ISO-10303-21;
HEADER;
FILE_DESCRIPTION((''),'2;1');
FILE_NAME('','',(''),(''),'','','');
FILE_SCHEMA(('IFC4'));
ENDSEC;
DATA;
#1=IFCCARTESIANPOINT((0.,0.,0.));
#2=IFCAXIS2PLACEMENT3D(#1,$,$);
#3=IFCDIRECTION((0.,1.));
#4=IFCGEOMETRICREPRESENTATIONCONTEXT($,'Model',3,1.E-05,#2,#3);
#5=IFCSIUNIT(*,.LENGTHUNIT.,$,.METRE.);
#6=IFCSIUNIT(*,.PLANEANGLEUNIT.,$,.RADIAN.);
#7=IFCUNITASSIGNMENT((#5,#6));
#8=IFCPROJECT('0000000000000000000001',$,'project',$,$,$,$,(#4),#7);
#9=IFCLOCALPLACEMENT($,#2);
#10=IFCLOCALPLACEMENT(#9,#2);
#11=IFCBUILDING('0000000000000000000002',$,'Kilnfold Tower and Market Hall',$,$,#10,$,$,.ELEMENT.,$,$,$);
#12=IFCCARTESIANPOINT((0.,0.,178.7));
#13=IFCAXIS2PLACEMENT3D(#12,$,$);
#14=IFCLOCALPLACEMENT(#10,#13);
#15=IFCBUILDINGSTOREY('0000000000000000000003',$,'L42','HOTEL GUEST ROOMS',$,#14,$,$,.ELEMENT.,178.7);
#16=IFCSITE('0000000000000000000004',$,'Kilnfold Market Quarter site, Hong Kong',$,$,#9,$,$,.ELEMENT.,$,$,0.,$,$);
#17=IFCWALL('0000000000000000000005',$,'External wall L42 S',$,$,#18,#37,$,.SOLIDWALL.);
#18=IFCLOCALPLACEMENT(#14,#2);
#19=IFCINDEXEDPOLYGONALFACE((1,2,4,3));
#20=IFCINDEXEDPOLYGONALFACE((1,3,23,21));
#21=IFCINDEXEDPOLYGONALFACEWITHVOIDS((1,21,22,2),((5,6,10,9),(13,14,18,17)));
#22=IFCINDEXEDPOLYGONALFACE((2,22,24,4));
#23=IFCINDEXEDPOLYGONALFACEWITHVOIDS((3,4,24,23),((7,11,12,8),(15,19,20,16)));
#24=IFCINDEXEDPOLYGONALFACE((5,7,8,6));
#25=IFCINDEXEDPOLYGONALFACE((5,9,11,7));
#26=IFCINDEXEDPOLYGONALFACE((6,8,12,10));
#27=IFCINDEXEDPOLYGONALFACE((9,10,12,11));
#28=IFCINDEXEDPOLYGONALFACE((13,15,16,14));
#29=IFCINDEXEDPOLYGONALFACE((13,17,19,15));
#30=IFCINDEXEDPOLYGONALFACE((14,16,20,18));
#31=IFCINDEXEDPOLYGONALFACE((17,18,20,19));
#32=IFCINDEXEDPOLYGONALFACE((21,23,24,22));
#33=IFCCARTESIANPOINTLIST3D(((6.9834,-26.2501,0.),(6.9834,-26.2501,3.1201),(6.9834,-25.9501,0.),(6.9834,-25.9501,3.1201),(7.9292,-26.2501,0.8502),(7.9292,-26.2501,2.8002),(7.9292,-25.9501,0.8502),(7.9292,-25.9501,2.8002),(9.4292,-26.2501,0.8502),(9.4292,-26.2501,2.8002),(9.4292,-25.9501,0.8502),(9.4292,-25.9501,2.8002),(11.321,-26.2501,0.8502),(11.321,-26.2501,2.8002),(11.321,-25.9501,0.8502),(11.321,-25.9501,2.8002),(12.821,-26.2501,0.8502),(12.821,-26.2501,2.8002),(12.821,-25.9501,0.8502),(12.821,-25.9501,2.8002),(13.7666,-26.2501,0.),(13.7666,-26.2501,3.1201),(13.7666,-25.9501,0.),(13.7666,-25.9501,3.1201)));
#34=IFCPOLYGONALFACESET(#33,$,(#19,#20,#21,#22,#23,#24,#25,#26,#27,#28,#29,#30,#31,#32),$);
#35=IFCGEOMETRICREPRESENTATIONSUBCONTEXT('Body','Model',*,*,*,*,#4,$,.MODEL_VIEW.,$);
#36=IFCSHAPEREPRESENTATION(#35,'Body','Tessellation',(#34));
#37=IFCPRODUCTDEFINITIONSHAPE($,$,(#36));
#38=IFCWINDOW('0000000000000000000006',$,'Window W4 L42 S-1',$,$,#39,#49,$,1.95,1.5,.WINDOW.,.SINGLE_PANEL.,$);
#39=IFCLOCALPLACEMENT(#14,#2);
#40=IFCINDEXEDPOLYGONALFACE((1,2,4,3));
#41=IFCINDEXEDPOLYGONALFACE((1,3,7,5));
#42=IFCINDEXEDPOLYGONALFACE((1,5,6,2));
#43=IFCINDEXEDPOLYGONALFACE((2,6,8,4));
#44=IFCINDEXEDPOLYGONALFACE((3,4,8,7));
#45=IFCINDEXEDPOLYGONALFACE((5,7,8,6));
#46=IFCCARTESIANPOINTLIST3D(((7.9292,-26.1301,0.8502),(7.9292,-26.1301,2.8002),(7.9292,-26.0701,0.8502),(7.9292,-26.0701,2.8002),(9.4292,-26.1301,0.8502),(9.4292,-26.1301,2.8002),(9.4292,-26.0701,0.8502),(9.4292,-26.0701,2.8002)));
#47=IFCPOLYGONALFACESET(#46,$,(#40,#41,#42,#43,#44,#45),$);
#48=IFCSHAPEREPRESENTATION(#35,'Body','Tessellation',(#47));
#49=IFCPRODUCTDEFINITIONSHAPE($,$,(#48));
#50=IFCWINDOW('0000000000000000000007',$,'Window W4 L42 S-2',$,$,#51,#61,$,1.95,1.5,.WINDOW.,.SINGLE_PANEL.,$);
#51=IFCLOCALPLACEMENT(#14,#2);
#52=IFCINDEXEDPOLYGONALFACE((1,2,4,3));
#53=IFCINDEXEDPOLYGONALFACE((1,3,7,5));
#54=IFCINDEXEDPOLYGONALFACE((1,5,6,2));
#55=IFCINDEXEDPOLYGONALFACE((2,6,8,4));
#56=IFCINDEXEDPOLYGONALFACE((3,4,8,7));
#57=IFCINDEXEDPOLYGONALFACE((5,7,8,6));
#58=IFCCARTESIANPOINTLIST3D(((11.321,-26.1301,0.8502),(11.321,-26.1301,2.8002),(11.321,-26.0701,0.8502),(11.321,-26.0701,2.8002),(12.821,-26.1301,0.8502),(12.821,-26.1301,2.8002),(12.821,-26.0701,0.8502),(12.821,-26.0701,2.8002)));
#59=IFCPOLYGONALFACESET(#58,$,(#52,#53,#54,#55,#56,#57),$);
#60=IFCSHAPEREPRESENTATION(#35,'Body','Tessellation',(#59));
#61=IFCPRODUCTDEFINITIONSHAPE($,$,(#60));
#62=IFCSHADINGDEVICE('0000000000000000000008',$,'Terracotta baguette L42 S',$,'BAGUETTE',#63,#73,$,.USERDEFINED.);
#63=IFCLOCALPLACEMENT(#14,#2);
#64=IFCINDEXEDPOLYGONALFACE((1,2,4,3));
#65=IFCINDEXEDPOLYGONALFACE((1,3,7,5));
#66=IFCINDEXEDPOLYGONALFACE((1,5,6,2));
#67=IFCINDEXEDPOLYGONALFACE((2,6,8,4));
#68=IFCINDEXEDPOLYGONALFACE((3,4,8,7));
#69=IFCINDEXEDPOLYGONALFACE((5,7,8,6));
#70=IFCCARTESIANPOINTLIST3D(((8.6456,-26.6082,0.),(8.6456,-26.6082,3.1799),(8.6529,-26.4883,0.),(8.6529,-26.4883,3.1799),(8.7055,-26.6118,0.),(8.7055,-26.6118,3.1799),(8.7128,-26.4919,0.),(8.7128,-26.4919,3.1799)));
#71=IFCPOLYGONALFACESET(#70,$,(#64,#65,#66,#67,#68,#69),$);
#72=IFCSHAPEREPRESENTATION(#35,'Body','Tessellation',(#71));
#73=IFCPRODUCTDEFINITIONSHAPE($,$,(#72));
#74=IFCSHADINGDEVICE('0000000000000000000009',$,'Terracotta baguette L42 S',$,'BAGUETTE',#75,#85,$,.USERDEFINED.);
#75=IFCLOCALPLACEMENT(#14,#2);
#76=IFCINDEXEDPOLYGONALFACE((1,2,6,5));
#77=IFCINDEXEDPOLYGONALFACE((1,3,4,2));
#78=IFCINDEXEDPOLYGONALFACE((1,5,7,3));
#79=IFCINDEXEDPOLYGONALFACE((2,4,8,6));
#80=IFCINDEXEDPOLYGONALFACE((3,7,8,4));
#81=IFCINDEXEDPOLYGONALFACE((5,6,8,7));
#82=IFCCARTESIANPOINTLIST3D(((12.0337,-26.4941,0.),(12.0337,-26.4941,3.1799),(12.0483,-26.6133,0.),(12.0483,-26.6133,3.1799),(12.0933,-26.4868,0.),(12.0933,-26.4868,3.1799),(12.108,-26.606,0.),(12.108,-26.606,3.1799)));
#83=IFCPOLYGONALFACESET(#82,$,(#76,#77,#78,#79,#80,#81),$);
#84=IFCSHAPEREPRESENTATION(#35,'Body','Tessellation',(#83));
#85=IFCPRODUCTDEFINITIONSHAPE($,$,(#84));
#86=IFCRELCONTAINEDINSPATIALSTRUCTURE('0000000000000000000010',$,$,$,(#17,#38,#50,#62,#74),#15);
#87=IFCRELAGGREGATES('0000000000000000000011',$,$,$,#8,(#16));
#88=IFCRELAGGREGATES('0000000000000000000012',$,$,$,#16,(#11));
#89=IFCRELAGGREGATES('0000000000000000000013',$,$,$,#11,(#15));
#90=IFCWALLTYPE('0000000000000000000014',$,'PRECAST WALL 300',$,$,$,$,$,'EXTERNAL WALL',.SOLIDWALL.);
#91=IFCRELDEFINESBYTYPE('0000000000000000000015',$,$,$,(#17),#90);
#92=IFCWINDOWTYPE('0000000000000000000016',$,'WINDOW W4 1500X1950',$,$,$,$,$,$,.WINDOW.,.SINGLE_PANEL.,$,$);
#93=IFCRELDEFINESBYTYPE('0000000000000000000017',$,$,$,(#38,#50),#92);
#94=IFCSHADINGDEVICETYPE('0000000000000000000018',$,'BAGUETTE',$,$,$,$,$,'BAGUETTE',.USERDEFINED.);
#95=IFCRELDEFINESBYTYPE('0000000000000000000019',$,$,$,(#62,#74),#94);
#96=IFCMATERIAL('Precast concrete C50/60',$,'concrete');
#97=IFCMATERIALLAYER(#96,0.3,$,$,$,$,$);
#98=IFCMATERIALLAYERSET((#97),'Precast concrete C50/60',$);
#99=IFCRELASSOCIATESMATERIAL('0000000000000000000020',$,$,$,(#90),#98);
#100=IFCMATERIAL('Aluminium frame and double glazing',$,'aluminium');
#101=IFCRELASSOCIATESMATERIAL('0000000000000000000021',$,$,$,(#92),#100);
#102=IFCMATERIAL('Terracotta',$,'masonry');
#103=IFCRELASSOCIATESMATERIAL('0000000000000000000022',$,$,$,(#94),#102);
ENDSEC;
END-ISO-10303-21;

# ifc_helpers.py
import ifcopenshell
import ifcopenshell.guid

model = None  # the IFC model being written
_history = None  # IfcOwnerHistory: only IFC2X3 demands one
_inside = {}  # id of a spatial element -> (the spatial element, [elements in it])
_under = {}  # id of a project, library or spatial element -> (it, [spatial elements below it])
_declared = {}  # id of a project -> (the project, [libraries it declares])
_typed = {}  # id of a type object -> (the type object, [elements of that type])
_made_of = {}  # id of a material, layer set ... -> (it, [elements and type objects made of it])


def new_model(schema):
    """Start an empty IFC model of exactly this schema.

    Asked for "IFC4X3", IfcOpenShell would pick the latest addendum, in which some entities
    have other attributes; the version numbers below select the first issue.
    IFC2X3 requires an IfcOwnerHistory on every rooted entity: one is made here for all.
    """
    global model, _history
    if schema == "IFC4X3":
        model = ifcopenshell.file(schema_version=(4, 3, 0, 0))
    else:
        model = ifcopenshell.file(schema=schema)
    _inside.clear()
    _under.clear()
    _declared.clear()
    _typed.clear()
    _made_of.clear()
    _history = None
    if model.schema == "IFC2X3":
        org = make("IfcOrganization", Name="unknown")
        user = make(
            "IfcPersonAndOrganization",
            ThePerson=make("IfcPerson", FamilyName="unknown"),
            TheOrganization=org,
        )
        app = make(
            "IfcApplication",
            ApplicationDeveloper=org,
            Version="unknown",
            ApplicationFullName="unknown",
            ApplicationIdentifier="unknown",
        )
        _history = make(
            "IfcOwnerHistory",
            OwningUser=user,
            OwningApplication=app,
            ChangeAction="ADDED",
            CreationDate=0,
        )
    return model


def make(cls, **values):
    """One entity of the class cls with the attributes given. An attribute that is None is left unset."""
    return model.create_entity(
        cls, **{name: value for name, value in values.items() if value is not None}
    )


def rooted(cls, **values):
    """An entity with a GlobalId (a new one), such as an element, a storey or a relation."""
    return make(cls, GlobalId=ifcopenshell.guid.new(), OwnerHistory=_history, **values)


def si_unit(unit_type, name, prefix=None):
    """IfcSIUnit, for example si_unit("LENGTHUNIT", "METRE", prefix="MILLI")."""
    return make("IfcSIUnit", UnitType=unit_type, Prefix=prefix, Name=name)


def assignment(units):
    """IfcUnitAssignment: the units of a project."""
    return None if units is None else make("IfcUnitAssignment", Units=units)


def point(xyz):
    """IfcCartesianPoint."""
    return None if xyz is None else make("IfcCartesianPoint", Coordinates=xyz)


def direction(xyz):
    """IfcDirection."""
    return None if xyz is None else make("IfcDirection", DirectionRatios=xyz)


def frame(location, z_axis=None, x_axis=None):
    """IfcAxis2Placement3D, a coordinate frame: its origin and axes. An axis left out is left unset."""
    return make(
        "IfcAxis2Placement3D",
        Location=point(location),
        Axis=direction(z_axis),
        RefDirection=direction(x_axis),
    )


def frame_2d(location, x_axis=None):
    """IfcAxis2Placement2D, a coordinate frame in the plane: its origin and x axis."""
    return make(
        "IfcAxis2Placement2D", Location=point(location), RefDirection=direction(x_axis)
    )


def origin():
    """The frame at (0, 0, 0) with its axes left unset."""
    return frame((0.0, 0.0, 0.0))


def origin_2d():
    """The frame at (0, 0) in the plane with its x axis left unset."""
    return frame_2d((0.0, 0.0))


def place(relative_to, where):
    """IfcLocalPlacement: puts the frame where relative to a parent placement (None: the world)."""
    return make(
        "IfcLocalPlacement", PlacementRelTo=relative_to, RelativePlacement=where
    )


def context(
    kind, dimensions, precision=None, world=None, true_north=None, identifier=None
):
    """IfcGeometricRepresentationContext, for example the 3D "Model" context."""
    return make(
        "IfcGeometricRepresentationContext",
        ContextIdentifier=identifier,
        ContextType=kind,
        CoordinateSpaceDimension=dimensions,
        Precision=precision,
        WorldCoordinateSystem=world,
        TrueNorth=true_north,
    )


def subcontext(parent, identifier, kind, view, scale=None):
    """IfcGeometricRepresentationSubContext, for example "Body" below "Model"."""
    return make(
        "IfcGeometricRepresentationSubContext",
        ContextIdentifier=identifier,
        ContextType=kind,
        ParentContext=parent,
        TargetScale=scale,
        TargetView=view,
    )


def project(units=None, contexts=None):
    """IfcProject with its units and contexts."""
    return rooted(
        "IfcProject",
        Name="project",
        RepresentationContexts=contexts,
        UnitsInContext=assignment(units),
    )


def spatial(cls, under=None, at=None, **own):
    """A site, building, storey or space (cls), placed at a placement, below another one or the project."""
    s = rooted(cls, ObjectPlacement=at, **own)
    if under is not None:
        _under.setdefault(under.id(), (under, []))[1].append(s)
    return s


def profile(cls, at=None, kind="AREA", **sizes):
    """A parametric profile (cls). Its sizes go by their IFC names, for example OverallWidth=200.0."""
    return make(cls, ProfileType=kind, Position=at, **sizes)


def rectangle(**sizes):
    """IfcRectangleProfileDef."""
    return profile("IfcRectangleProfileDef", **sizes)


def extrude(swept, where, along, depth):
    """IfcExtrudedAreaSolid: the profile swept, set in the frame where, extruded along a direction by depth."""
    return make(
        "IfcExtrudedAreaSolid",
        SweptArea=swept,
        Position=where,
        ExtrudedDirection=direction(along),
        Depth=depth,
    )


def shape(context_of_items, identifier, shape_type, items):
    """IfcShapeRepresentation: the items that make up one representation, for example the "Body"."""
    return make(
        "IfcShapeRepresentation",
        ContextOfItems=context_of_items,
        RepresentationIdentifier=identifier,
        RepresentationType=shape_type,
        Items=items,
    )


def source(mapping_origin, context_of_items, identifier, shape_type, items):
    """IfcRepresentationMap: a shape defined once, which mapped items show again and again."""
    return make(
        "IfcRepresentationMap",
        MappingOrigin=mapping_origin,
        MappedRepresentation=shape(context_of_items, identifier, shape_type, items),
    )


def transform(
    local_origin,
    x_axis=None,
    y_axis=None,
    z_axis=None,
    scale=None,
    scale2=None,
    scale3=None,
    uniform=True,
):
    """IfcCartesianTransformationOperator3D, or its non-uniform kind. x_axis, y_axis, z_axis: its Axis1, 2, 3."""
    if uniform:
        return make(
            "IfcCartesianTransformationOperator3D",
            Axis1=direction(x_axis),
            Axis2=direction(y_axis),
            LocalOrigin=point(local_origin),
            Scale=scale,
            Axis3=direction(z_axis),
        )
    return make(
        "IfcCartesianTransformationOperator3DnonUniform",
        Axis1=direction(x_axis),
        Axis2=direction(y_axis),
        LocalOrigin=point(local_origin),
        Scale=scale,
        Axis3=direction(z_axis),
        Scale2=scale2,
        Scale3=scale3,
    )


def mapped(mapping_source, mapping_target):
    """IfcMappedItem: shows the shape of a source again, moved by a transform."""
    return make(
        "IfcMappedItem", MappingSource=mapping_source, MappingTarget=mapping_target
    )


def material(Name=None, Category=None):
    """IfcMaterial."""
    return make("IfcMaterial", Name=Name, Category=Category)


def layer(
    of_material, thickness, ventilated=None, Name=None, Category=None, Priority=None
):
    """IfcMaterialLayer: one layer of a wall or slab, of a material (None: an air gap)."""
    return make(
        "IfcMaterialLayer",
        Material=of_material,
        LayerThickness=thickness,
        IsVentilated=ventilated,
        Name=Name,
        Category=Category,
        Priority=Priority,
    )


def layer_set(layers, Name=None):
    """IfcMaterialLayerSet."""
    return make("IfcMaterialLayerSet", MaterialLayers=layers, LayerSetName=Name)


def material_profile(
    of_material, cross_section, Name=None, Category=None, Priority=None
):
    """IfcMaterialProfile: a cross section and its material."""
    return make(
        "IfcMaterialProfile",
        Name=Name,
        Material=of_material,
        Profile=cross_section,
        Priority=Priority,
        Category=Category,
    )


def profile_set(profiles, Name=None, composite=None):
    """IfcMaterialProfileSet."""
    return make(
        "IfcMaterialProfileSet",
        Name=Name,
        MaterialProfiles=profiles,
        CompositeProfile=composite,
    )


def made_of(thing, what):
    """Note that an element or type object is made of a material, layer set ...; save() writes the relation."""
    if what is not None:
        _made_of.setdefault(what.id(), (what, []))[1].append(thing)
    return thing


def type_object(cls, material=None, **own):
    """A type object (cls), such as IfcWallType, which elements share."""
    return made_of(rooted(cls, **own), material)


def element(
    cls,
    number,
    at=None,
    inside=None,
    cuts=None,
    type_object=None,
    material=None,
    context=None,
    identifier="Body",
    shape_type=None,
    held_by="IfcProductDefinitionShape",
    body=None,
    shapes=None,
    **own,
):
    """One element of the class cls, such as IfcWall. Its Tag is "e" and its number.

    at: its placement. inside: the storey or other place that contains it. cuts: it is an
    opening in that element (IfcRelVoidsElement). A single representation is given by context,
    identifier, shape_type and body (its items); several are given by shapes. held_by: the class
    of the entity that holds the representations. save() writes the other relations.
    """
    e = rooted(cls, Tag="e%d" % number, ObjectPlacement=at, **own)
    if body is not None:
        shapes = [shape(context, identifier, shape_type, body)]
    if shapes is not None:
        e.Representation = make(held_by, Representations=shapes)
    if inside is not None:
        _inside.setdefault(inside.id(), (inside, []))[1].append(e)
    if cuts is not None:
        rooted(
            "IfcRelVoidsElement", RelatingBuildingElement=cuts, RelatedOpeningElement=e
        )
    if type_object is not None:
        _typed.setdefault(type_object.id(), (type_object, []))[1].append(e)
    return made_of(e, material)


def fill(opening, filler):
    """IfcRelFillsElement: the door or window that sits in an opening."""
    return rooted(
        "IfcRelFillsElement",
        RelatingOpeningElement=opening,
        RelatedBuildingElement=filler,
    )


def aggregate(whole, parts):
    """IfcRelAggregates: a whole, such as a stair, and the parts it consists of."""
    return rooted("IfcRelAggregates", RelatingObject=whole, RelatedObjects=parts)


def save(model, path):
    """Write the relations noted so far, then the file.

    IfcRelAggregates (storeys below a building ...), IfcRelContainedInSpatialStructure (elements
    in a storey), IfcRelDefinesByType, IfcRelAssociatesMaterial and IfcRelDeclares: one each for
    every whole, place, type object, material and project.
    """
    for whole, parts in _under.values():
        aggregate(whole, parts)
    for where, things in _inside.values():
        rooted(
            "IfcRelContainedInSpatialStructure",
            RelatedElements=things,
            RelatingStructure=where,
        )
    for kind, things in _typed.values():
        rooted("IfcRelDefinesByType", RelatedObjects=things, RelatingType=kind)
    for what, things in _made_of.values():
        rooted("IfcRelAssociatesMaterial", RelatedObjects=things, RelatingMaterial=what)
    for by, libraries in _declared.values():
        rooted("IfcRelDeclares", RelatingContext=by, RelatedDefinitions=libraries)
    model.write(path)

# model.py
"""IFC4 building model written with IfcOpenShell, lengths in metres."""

from ifc_helpers import new_model, si_unit, direction, frame, frame_2d, origin, origin_2d, place, context, subcontext, project, spatial, rectangle, extrude, source, transform, mapped, material, layer, layer_set, material_profile, profile_set, type_object, element, fill, save


model = new_model("IFC4")

# Units and contexts
model_context = context("Model", 3, precision=1e-05, world=origin(), true_north=direction((0.0, 1.0)))
body_context = subcontext(model_context, "Body", "Model", "MODEL_VIEW")
ifc_project = project(units=[si_unit("LENGTHUNIT", "METRE"), si_unit("PLANEANGLEUNIT", "RADIAN")], contexts=[model_context])

# Site, building, storey
site_placement = place(None, origin())
site = spatial("IfcSite", under=ifc_project, at=site_placement, Name="Kilnfold Market Quarter site, Hong Kong", CompositionType="ELEMENT", RefElevation=0.0)
building_placement = place(site_placement, origin())
building = spatial("IfcBuilding", under=site, at=building_placement, Name="Kilnfold Tower and Market Hall", CompositionType="ELEMENT")
storey_placement = place(building_placement, frame((0.0, 0.0, 178.7)))
storey = spatial("IfcBuildingStorey", under=building, at=storey_placement, Name="L42", Description="HOTEL GUEST ROOMS", CompositionType="ELEMENT", Elevation=178.7)

# Wall, openings, windows
ifc_material_1 = material(Name="Precast concrete C50/60", Category="concrete")
ifc_layer_1 = layer(ifc_material_1, 0.3)
ifc_layer_set_1 = layer_set([ifc_layer_1], Name="Precast concrete C50/60")
wall_type_1 = type_object("IfcWallType", Name="PRECAST WALL 300", ElementType="EXTERNAL WALL", PredefinedType="SOLIDWALL", material=ifc_layer_set_1)
shared_shape_1 = source(origin(), body_context, "Body", "SweptSolid", [
    extrude(rectangle(XDim=6.7832, YDim=0.3, at=frame_2d((3.3916, 0.0))), origin(), (0.0, 0.0, 1.0), 3.1201),
])
wall_1_placement = place(storey_placement, frame((6.9834, -26.1001, 0.0), z_axis=(0.0, 0.0, 1.0), x_axis=(1.0, 0.0, 0.0)))
wall_1 = element("IfcWall", 1, at=wall_1_placement, inside=storey, type_object=wall_type_1, Name="External wall L42 S", PredefinedType="SOLIDWALL", context=body_context, shape_type="MappedRepresentation", body=[
    mapped(shared_shape_1, transform((0.0, 0.0, 0.0))),
])
opening_1_placement = place(wall_1_placement, frame((0.9458, 0.0, 0.8501)))
opening_1 = element("IfcOpeningElement", 2, at=opening_1_placement, cuts=wall_1, PredefinedType="OPENING", context=body_context, shape_type="SweptSolid", body=[
    extrude(rectangle(XDim=1.5, YDim=1.95, at=frame_2d((0.75, 0.9751))), frame((0.0, 0.1602, 0.0), z_axis=(0.0, -1.0, 0.0), x_axis=(1.0, 0.0, 0.0)), (0.0, 0.0, 1.0), 0.3201),
])
opening_2_placement = place(wall_1_placement, frame((4.3376, 0.0, 0.8501)))
opening_2 = element("IfcOpeningElement", 3, at=opening_2_placement, cuts=wall_1, PredefinedType="OPENING", context=body_context, shape_type="SweptSolid", body=[
    extrude(rectangle(XDim=1.5, YDim=1.95, at=frame_2d((0.75, 0.9751))), frame((0.0, 0.1602, 0.0), z_axis=(0.0, -1.0, 0.0), x_axis=(1.0, 0.0, 0.0)), (0.0, 0.0, 1.0), 0.3201),
])
ifc_material_2 = material(Name="Aluminium frame and double glazing", Category="aluminium")
window_type = type_object("IfcWindowType", Name="WINDOW W4 1500X1950", PartitioningType="SINGLE_PANEL", PredefinedType="WINDOW", material=ifc_material_2)
window_1_placement = place(opening_1_placement, origin())
window_1 = element("IfcWindow", 4, at=window_1_placement, inside=storey, type_object=window_type, Name="Window W4 L42 S-1", OverallHeight=1.95, OverallWidth=1.5, PartitioningType="SINGLE_PANEL", PredefinedType="WINDOW", context=body_context, shape_type="SweptSolid", body=[
    extrude(rectangle(XDim=1.5, YDim=1.95, at=frame_2d((0.75, 0.9751))), frame((0.0, 0.03, 0.0), z_axis=(0.0, -1.0, 0.0), x_axis=(1.0, 0.0, 0.0)), (0.0, 0.0, 1.0), 0.0601),
])
fill(opening_1, window_1)
window_2_placement = place(opening_2_placement, origin())
window_2 = element("IfcWindow", 5, at=window_2_placement, inside=storey, type_object=window_type, Name="Window W4 L42 S-2", OverallHeight=1.95, OverallWidth=1.5, PartitioningType="SINGLE_PANEL", PredefinedType="WINDOW", context=body_context, shape_type="SweptSolid", body=[
    extrude(rectangle(XDim=1.5, YDim=1.95, at=frame_2d((0.75, 0.9751))), frame((0.0, 0.03, 0.0), z_axis=(0.0, -1.0, 0.0), x_axis=(1.0, 0.0, 0.0)), (0.0, 0.0, 1.0), 0.0601),
])
fill(opening_2, window_2)

# Shading devices
ifc_material_3 = material(Name="Terracotta", Category="masonry")
ifc_material_profile_1 = material_profile(ifc_material_3, rectangle(XDim=0.0601, YDim=0.1201, at=origin_2d()), Name="BAG 60x120")
ifc_profile_set_1 = profile_set([ifc_material_profile_1], Name="Terracotta")
shading_device_type = type_object("IfcShadingDeviceType", Name="BAGUETTE", ElementType="BAGUETTE", PredefinedType="USERDEFINED", material=ifc_profile_set_1)
shared_shape_2 = source(origin(), body_context, "Body", "SweptSolid", [
    extrude(rectangle(XDim=0.0601, YDim=0.1201, at=origin_2d()), origin(), (0.0, 0.0, 1.0), 3.1799),
])
for number, where, z_axis, x_axis, name in (
    (6, (8.6792, -26.55, 0.0), (0.0, 0.0, 1.0), (0.998156, -0.060705, 0.0), "Terracotta baguette L42 S"),
    (7, (12.0708, -26.55, 0.0), (0.0, 0.0, 1.0), (0.992491, 0.122315, 0.0), "Terracotta baguette L42 S"),
):
    element("IfcShadingDevice", number, at=place(storey_placement, frame(where, z_axis=z_axis, x_axis=x_axis)), inside=storey, type_object=shading_device_type, Name=name, ObjectType="BAGUETTE", PredefinedType="USERDEFINED", context=body_context, shape_type="MappedRepresentation", body=[
        mapped(shared_shape_2, transform((0.0, 0.0, 0.0))),
    ])

save(model, "model.ifc")
